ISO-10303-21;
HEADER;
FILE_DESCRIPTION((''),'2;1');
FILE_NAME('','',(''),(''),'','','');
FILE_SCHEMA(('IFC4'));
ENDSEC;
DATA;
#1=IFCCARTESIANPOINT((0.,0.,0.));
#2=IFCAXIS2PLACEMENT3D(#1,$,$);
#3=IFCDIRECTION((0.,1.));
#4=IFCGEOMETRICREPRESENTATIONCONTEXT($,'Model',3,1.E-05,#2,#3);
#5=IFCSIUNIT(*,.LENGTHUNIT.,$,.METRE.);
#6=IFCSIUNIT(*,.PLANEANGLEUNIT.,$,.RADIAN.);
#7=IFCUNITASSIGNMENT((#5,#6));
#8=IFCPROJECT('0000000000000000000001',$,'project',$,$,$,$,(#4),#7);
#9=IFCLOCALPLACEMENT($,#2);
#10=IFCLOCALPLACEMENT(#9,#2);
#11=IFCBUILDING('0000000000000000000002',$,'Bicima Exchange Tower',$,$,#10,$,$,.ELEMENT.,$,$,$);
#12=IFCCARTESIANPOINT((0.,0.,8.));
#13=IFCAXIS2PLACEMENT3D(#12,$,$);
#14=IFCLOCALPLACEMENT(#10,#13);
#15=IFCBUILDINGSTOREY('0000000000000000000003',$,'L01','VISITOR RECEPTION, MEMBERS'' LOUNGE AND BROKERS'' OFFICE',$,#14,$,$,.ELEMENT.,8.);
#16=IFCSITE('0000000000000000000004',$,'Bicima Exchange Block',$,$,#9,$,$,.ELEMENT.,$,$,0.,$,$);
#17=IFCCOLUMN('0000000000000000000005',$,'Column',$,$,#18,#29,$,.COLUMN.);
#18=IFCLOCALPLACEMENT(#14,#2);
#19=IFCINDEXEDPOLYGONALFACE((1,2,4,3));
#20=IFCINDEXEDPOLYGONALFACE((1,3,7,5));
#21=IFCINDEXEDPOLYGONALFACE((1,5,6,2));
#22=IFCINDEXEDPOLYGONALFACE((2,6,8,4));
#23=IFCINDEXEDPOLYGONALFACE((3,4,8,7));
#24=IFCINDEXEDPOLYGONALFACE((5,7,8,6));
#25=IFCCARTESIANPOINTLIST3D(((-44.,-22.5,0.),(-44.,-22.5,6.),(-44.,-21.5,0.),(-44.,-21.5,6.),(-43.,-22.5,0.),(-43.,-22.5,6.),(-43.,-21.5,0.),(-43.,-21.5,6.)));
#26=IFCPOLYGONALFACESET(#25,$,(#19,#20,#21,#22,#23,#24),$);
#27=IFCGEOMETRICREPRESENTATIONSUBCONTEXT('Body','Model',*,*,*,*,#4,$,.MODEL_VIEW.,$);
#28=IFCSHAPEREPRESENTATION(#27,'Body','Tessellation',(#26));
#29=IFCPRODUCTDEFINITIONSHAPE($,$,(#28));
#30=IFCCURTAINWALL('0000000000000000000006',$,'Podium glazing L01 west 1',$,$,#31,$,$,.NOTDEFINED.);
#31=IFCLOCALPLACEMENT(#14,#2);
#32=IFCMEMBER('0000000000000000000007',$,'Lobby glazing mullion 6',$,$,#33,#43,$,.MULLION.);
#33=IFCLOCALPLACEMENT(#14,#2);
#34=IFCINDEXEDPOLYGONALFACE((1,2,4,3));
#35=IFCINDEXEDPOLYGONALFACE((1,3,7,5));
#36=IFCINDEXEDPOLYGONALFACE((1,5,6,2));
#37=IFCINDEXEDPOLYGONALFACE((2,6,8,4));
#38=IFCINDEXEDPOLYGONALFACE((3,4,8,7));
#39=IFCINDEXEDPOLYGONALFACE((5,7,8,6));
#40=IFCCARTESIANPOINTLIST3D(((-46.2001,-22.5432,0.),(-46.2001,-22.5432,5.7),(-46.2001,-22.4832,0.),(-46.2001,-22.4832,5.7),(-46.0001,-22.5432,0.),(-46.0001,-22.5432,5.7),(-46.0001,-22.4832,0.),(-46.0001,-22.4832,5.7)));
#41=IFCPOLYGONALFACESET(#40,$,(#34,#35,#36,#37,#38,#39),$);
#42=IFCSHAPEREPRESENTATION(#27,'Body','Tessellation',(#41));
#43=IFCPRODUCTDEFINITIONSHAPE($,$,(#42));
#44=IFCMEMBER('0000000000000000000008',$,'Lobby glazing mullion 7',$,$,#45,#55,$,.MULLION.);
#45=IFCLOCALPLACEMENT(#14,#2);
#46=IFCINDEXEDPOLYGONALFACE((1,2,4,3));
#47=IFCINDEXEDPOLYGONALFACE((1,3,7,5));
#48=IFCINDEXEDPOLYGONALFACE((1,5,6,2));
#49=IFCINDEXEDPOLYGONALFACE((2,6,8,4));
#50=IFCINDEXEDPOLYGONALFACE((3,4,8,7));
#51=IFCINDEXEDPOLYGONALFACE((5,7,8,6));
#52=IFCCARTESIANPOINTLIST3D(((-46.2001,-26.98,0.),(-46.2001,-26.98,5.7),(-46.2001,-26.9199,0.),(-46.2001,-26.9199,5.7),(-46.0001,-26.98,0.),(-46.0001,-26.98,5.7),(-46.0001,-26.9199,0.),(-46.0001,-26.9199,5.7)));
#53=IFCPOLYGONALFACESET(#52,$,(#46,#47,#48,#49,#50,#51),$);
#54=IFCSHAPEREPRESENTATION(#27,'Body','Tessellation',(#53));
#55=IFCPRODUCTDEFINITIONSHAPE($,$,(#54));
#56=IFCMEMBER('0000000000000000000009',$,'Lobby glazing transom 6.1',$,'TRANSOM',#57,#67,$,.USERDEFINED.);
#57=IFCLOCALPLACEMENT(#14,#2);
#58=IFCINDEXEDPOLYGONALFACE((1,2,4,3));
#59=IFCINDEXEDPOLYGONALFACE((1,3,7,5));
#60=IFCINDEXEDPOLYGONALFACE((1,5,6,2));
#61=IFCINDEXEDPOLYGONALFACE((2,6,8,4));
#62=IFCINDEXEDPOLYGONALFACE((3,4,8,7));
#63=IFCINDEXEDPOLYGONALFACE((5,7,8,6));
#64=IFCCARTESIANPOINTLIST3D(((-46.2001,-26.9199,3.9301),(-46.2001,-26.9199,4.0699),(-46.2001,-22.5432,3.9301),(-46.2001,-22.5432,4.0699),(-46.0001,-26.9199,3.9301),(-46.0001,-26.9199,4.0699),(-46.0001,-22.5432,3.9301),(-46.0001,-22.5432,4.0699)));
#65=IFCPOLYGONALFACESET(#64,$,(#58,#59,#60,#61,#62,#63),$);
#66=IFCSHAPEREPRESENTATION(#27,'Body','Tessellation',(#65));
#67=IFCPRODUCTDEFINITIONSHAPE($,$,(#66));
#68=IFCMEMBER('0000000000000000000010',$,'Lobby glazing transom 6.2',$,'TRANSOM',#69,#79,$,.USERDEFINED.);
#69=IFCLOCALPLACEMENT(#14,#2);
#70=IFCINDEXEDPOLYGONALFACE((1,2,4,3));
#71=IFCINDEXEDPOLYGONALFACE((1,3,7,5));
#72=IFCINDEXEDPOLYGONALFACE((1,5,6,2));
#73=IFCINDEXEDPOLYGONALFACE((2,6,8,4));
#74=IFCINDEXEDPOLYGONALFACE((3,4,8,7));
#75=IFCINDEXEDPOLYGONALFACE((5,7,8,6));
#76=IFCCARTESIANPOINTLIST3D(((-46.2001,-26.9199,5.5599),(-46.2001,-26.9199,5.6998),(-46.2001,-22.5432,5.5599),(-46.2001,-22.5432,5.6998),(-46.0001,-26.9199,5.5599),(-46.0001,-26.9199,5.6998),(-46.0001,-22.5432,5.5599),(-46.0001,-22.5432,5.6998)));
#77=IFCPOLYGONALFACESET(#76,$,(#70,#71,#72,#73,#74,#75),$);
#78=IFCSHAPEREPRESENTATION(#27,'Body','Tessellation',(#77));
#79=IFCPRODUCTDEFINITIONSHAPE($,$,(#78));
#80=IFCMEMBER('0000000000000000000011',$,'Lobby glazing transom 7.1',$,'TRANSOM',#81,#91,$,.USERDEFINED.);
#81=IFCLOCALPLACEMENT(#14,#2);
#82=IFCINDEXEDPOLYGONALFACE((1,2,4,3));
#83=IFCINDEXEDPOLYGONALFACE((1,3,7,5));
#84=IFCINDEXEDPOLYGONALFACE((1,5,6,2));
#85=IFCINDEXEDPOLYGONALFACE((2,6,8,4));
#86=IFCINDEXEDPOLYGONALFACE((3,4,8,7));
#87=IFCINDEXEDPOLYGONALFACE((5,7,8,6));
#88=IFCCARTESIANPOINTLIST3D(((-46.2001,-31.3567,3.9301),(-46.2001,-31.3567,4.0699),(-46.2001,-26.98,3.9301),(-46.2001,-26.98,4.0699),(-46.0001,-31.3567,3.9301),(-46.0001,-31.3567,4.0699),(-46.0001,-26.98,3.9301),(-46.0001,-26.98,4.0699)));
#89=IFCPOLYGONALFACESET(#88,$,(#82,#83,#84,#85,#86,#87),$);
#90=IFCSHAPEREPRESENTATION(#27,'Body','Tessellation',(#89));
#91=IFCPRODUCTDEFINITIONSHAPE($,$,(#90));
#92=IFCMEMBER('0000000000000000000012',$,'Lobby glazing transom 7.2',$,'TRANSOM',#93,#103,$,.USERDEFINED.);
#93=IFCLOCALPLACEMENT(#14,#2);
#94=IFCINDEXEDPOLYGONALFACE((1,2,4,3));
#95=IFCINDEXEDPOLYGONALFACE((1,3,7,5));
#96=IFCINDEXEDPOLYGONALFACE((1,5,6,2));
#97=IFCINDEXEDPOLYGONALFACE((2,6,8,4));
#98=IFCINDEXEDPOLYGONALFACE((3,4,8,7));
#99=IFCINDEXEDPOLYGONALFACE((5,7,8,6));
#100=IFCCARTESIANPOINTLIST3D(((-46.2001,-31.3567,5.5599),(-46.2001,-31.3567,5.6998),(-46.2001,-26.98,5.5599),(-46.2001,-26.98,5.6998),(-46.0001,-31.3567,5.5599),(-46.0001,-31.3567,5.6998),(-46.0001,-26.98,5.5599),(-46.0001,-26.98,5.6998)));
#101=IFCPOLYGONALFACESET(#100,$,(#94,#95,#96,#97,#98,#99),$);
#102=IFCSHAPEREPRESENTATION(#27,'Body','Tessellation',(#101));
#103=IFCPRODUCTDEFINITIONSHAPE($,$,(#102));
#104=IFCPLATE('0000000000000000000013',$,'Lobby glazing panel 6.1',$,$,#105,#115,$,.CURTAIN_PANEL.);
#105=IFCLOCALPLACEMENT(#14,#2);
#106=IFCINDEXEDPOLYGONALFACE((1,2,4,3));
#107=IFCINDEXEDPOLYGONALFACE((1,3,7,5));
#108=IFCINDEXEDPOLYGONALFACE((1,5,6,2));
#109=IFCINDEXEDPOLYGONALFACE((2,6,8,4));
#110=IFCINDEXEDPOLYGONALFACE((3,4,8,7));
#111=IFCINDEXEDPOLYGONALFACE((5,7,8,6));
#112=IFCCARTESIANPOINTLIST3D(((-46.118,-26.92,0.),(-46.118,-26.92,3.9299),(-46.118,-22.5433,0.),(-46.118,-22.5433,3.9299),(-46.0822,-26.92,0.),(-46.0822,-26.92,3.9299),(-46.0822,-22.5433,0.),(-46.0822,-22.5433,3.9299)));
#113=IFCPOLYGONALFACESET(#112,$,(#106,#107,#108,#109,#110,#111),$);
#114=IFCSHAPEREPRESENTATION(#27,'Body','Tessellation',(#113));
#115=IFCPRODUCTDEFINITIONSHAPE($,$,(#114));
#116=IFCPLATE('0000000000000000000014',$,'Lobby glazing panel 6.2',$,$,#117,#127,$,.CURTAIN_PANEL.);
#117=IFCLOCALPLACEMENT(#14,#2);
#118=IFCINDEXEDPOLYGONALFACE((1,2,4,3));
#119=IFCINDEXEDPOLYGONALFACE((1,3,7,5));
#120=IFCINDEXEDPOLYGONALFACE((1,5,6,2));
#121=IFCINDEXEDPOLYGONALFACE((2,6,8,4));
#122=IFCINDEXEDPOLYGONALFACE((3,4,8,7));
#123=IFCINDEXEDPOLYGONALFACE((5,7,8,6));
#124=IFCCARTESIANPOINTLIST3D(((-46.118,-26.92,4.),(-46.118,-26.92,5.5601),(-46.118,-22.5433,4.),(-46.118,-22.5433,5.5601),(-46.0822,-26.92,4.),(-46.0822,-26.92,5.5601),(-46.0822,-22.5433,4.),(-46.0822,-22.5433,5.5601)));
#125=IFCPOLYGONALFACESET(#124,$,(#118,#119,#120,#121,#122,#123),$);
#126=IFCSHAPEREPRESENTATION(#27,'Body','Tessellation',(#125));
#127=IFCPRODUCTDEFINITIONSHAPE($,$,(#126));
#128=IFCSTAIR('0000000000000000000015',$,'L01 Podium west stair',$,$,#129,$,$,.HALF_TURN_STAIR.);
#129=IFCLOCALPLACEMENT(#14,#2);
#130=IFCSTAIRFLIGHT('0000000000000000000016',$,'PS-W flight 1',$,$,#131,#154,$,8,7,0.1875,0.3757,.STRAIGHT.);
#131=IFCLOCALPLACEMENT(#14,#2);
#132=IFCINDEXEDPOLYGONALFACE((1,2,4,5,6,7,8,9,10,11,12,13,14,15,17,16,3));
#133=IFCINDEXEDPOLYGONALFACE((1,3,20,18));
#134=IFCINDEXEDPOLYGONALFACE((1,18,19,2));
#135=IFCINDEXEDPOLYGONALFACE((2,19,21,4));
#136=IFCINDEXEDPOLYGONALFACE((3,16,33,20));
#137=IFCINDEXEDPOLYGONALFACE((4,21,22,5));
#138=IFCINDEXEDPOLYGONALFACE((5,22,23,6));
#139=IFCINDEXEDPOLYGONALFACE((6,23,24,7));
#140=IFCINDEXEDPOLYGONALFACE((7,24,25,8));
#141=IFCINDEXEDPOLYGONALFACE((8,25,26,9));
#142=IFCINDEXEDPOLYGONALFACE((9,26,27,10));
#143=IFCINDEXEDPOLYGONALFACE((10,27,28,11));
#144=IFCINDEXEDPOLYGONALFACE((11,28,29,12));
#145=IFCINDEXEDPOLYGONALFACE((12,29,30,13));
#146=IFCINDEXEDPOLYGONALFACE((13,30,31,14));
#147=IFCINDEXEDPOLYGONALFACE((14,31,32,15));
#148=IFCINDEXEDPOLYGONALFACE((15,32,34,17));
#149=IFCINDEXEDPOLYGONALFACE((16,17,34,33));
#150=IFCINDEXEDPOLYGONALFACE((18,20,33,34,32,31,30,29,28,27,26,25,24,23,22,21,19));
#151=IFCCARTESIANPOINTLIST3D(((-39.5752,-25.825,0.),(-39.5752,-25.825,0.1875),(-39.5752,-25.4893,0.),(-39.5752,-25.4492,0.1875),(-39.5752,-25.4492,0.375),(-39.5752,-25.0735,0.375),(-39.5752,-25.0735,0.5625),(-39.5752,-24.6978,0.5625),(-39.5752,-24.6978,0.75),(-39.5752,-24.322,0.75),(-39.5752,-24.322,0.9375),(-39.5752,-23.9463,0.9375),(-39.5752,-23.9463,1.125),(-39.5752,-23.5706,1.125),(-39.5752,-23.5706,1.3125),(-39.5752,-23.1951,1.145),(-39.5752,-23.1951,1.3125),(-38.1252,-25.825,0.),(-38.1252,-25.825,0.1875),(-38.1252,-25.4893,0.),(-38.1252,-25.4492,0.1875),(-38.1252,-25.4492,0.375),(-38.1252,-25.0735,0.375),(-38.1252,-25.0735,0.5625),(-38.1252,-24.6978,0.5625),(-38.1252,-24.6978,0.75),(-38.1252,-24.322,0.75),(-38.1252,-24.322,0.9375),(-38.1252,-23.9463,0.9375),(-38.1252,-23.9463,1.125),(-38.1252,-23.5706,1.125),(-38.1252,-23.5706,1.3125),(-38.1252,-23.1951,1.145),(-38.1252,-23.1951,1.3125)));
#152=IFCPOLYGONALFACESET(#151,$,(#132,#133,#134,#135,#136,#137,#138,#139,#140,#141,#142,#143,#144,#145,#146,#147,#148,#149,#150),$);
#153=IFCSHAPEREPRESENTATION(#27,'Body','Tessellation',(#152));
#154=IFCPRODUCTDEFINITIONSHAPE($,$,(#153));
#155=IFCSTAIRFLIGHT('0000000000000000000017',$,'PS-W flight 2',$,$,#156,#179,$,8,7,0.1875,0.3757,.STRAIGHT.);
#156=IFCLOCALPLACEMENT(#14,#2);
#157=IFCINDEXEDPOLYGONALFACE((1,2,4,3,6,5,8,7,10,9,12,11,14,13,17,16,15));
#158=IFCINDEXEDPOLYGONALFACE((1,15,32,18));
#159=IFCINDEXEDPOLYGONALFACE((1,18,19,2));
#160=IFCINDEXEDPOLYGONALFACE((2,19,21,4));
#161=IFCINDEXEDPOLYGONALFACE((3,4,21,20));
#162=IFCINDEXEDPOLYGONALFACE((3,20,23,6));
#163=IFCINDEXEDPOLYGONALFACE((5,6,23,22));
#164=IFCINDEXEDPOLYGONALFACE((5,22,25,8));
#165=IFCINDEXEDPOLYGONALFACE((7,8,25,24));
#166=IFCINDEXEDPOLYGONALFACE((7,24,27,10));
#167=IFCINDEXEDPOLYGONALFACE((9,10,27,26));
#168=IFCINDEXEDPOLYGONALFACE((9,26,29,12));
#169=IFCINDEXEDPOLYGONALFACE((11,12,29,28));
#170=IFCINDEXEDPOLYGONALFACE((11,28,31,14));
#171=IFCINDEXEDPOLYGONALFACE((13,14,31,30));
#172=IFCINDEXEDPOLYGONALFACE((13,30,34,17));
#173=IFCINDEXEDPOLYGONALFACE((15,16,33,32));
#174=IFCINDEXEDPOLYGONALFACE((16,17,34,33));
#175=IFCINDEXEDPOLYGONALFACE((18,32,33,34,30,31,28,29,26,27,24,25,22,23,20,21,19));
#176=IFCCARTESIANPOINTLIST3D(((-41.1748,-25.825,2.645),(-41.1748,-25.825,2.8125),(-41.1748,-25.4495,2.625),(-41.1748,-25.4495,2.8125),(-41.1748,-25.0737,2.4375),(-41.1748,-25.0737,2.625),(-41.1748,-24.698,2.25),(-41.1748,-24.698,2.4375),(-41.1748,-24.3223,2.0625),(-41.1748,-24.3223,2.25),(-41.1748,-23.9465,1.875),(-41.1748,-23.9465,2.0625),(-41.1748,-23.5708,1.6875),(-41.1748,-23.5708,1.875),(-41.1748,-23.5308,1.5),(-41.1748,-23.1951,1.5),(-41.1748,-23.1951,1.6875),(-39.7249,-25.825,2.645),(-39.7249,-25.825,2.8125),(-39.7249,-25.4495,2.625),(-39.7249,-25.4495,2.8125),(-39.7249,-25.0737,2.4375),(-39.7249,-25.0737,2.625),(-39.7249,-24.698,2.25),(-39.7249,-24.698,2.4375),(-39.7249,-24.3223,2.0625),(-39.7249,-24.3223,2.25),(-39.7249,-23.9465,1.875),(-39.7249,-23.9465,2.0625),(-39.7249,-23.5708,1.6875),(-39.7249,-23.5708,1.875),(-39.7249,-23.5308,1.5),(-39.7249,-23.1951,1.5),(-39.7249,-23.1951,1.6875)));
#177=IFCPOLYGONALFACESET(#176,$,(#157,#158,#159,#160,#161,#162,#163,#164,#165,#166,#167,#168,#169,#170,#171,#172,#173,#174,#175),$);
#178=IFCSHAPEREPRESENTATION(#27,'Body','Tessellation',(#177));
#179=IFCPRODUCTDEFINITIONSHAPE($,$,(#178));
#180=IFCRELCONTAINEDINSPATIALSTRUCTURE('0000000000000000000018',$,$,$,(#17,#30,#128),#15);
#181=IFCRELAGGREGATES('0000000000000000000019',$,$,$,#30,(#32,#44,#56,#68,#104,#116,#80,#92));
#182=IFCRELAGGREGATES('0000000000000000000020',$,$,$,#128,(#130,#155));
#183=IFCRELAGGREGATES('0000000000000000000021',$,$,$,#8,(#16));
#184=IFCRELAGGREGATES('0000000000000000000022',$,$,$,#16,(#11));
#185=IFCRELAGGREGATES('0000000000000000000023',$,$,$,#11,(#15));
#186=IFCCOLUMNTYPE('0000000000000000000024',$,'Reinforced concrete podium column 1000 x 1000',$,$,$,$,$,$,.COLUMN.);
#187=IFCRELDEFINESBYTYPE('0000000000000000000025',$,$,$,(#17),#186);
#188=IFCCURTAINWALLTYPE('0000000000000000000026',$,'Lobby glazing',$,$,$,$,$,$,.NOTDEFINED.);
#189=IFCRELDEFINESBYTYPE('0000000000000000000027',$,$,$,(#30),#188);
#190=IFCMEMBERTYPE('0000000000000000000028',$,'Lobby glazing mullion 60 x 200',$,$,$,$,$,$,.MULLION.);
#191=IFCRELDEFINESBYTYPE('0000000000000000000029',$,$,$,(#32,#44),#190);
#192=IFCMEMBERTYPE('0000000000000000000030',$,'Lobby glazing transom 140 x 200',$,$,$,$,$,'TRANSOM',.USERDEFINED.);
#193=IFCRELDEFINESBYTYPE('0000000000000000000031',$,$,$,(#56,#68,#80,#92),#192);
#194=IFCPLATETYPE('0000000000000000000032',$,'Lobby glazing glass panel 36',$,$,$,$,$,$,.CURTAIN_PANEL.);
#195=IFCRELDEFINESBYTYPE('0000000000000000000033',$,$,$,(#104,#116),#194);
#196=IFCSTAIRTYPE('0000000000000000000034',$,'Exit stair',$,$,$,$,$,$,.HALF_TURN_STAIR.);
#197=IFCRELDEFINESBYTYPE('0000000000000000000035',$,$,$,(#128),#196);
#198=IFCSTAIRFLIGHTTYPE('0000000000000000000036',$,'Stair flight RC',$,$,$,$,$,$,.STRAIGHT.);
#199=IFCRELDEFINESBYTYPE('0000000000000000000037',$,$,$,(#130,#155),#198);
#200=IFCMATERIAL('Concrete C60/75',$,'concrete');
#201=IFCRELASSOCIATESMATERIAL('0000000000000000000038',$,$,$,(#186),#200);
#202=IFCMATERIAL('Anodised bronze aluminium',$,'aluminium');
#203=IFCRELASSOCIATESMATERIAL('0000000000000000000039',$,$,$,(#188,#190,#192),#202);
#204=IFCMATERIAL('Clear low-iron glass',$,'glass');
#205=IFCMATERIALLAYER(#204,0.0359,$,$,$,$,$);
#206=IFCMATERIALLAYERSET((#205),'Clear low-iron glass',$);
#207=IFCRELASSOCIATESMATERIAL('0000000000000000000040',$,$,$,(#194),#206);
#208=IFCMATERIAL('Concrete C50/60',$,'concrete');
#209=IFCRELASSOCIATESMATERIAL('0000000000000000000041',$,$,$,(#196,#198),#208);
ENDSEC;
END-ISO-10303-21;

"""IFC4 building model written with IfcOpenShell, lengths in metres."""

from ifc_helpers import new_model, si_unit, direction, frame, origin, origin_2d, place, context, subcontext, project, spatial, polyline, rectangle, outline, extrude, material, layer, layer_set, material_profile, profile_set, type_object, element, aggregate, save


model = new_model("IFC4")

# Units and contexts
model_context = context("Model", 3, precision=1e-05, world=origin(), true_north=direction((0.0, 1.0)))
body_context = subcontext(model_context, "Body", "Model", "MODEL_VIEW")
ifc_project = project(units=[si_unit("LENGTHUNIT", "METRE"), si_unit("PLANEANGLEUNIT", "RADIAN")], contexts=[model_context])

# Site, building, storey
site_placement = place(None, origin())
site = spatial("IfcSite", under=ifc_project, at=site_placement, Name="Bicima Exchange Block", CompositionType="ELEMENT", RefElevation=0.0)
building_placement = place(site_placement, origin())
building = spatial("IfcBuilding", under=site, at=building_placement, Name="Bicima Exchange Tower", CompositionType="ELEMENT")
storey_placement = place(building_placement, frame((0.0, 0.0, 8.0)))
storey = spatial("IfcBuildingStorey", under=building, at=storey_placement, Name="L01", Description="VISITOR RECEPTION, MEMBERS' LOUNGE AND BROKERS' OFFICE", CompositionType="ELEMENT", Elevation=8.0)

# Column
ifc_material_1 = material(Name="Concrete C60/75", Category="concrete")
ifc_material_profile_1 = material_profile(ifc_material_1, rectangle(XDim=1.0, YDim=1.0, at=origin_2d()))
ifc_profile_set_1 = profile_set([ifc_material_profile_1], Name="Concrete C60/75")
column_type = type_object("IfcColumnType", Name="Reinforced concrete podium column 1000 x 1000", PredefinedType="COLUMN", material=ifc_profile_set_1)
column_placement = place(storey_placement, frame((-43.5, -22.0, 0.0), z_axis=(0.0, 0.0, 1.0), x_axis=(1.0, 0.0, 0.0)))
element("IfcColumn", 1, at=column_placement, inside=storey, type_object=column_type, Name="Column", PredefinedType="COLUMN", context=body_context, shape_type="SweptSolid", body=[
    extrude(rectangle(XDim=1.0, YDim=1.0, at=origin_2d()), origin(), (0.0, 0.0, 1.0), 6.0),
])

# Curtain wall, members, plates
ifc_material_2 = material(Name="Anodised bronze aluminium", Category="aluminium")
curtain_wall_type = type_object("IfcCurtainWallType", Name="Lobby glazing", PredefinedType="NOTDEFINED", material=ifc_material_2)
curtain_wall_placement = place(storey_placement, origin())
curtain_wall = element("IfcCurtainWall", 2, at=curtain_wall_placement, inside=storey, type_object=curtain_wall_type, Name="Podium glazing L01 west 1", PredefinedType="NOTDEFINED")
ifc_material_profile_2 = material_profile(ifc_material_2, rectangle(XDim=0.2, YDim=0.0601, at=origin_2d()))
ifc_profile_set_2 = profile_set([ifc_material_profile_2], Name="Anodised bronze aluminium")
member_type_1 = type_object("IfcMemberType", Name="Lobby glazing mullion 60 x 200", PredefinedType="MULLION", material=ifc_profile_set_2)
member_1_placement = place(storey_placement, frame((-46.1001, -22.5132, 0.0), z_axis=(0.0, 0.0, 1.0), x_axis=(1.0, 0.0, 0.0)))
member_1 = element("IfcMember", 3, at=member_1_placement, type_object=member_type_1, Name="Lobby glazing mullion 6", PredefinedType="MULLION", context=body_context, shape_type="SweptSolid", body=[
    extrude(rectangle(XDim=0.2, YDim=0.0601, at=origin_2d()), origin(), (0.0, 0.0, 1.0), 5.7),
])
member_2_placement = place(storey_placement, frame((-46.1001, -26.95, 0.0), z_axis=(0.0, 0.0, 1.0), x_axis=(1.0, 0.0, 0.0)))
member_2 = element("IfcMember", 4, at=member_2_placement, type_object=member_type_1, Name="Lobby glazing mullion 7", PredefinedType="MULLION", context=body_context, shape_type="SweptSolid", body=[
    extrude(rectangle(XDim=0.2, YDim=0.0601, at=origin_2d()), origin(), (0.0, 0.0, 1.0), 5.7),
])
ifc_material_profile_3 = material_profile(ifc_material_2, rectangle(XDim=0.2, YDim=0.1399, at=origin_2d()))
ifc_profile_set_3 = profile_set([ifc_material_profile_3], Name="Anodised bronze aluminium")
member_type_2 = type_object("IfcMemberType", Name="Lobby glazing transom 140 x 200", ElementType="TRANSOM", PredefinedType="USERDEFINED", material=ifc_profile_set_3)
member_3_placement = place(storey_placement, frame((-46.1001, -22.5432, 4.0), z_axis=(0.0, -1.0, 0.0), x_axis=(1.0, 0.0, 0.0)))
member_3 = element("IfcMember", 5, at=member_3_placement, type_object=member_type_2, Name="Lobby glazing transom 6.1", ObjectType="TRANSOM", PredefinedType="USERDEFINED", context=body_context, shape_type="SweptSolid", body=[
    extrude(rectangle(XDim=0.2, YDim=0.1399, at=origin_2d()), origin(), (0.0, 0.0, 1.0), 4.3767),
])
member_4_placement = place(storey_placement, frame((-46.1001, -22.5432, 5.6299), z_axis=(0.0, -1.0, 0.0), x_axis=(1.0, 0.0, 0.0)))
member_4 = element("IfcMember", 6, at=member_4_placement, type_object=member_type_2, Name="Lobby glazing transom 6.2", ObjectType="TRANSOM", PredefinedType="USERDEFINED", context=body_context, shape_type="SweptSolid", body=[
    extrude(rectangle(XDim=0.2, YDim=0.1399, at=origin_2d()), origin(), (0.0, 0.0, 1.0), 4.3767),
])
member_5_placement = place(storey_placement, frame((-46.1001, -26.98, 4.0), z_axis=(0.0, -1.0, 0.0), x_axis=(1.0, 0.0, 0.0)))
member_5 = element("IfcMember", 7, at=member_5_placement, type_object=member_type_2, Name="Lobby glazing transom 7.1", ObjectType="TRANSOM", PredefinedType="USERDEFINED", context=body_context, shape_type="SweptSolid", body=[
    extrude(rectangle(XDim=0.2, YDim=0.1399, at=origin_2d()), origin(), (0.0, 0.0, 1.0), 4.3767),
])
member_6_placement = place(storey_placement, frame((-46.1001, -26.98, 5.6299), z_axis=(0.0, -1.0, 0.0), x_axis=(1.0, 0.0, 0.0)))
member_6 = element("IfcMember", 8, at=member_6_placement, type_object=member_type_2, Name="Lobby glazing transom 7.2", ObjectType="TRANSOM", PredefinedType="USERDEFINED", context=body_context, shape_type="SweptSolid", body=[
    extrude(rectangle(XDim=0.2, YDim=0.1399, at=origin_2d()), origin(), (0.0, 0.0, 1.0), 4.3767),
])
ifc_material_3 = material(Name="Clear low-iron glass", Category="glass")
ifc_layer = layer(ifc_material_3, 0.0359)
ifc_layer_set = layer_set([ifc_layer], Name="Clear low-iron glass")
plate_type = type_object("IfcPlateType", Name="Lobby glazing glass panel 36", PredefinedType="CURTAIN_PANEL", material=ifc_layer_set)
plate_1_placement = place(storey_placement, frame((-46.1001, -24.7317, 0.0), z_axis=(0.0, 0.0, 1.0), x_axis=(0.0, -1.0, 0.0)))
plate_1 = element("IfcPlate", 9, at=plate_1_placement, type_object=plate_type, Name="Lobby glazing panel 6.1", PredefinedType="CURTAIN_PANEL", context=body_context, shape_type="SweptSolid", body=[
    extrude(rectangle(XDim=4.3767, YDim=0.0359, at=origin_2d()), origin(), (0.0, 0.0, 1.0), 3.9299),
])
plate_2_placement = place(storey_placement, frame((-46.1001, -24.7317, 4.0), z_axis=(0.0, 0.0, 1.0), x_axis=(0.0, -1.0, 0.0)))
plate_2 = element("IfcPlate", 10, at=plate_2_placement, type_object=plate_type, Name="Lobby glazing panel 6.2", PredefinedType="CURTAIN_PANEL", context=body_context, shape_type="SweptSolid", body=[
    extrude(rectangle(XDim=4.3767, YDim=0.0359, at=origin_2d()), origin(), (0.0, 0.0, 1.0), 1.5601),
])
aggregate(curtain_wall, [member_1, member_2, member_3, member_4, plate_1, plate_2, member_5, member_6])

# Stair, stair flights
ifc_material_4 = material(Name="Concrete C50/60", Category="concrete")
stair_type = type_object("IfcStairType", Name="Exit stair", PredefinedType="HALF_TURN_STAIR", material=ifc_material_4)
stair_placement = place(storey_placement, origin())
stair = element("IfcStair", 11, at=stair_placement, inside=storey, type_object=stair_type, Name="L01 Podium west stair", PredefinedType="HALF_TURN_STAIR")
stair_flight_type = type_object("IfcStairFlightType", Name="Stair flight RC", PredefinedType="STRAIGHT", material=ifc_material_4)
stair_flight_1_placement = place(storey_placement, frame((-38.8501, -25.825, 0.0), z_axis=(0.0, 0.0, 1.0), x_axis=(0.0, 1.0, 0.0)))
stair_flight_1 = element("IfcStairFlight", 12, at=stair_flight_1_placement, type_object=stair_flight_type, Name="PS-W flight 1", NumberOfRisers=8, NumberOfTreads=7, PredefinedType="STRAIGHT", RiserHeight=0.1875, TreadLength=0.3757, context=body_context, shape_type="SweptSolid", body=[
    extrude(outline(polyline([(0.0, 0.0), (0.0, 0.1875), (0.3757, 0.1875), (0.3757, 0.375), (0.7515, 0.375), (0.7515, 0.5625), (1.1272, 0.5625), (1.1272, 0.75), (1.5029, 0.75), (1.5029, 0.9375), (1.8787, 0.9375), (1.8787, 1.125), (2.2544, 1.125), (2.2544, 1.3125), (2.6299, 1.3125), (2.6299, 1.5), (2.6299, 1.145), (0.3357, 0.0), (0.0, 0.0)])), frame((0.0, 0.7251, 0.0), z_axis=(0.0, -1.0, 0.0), x_axis=(1.0, 0.0, 0.0)), (0.0, 0.0, 1.0), 1.45),
])
stair_flight_2_placement = place(storey_placement, frame((-40.45, -23.1951, 1.5), z_axis=(0.0, 0.0, 1.0), x_axis=(0.0, -1.0, 0.0)))
stair_flight_2 = element("IfcStairFlight", 13, at=stair_flight_2_placement, type_object=stair_flight_type, Name="PS-W flight 2", NumberOfRisers=8, NumberOfTreads=7, PredefinedType="STRAIGHT", RiserHeight=0.1875, TreadLength=0.3757, context=body_context, shape_type="SweptSolid", body=[
    extrude(outline(polyline([(0.0, 0.0), (0.0, 0.1875), (0.3757, 0.1875), (0.3757, 0.375), (0.7515, 0.375), (0.7515, 0.5625), (1.1272, 0.5625), (1.1272, 0.75), (1.5029, 0.75), (1.5029, 0.9375), (1.8787, 0.9375), (1.8787, 1.125), (2.2544, 1.125), (2.2544, 1.3125), (2.6299, 1.3125), (2.6299, 1.5), (2.6299, 1.145), (0.3357, 0.0), (0.0, 0.0)])), frame((0.0, 0.7251, 0.0), z_axis=(0.0, -1.0, 0.0), x_axis=(1.0, 0.0, 0.0)), (0.0, 0.0, 1.0), 1.45),
])
aggregate(stair, [stair_flight_1, stair_flight_2])

save(model, "model.ifc")
